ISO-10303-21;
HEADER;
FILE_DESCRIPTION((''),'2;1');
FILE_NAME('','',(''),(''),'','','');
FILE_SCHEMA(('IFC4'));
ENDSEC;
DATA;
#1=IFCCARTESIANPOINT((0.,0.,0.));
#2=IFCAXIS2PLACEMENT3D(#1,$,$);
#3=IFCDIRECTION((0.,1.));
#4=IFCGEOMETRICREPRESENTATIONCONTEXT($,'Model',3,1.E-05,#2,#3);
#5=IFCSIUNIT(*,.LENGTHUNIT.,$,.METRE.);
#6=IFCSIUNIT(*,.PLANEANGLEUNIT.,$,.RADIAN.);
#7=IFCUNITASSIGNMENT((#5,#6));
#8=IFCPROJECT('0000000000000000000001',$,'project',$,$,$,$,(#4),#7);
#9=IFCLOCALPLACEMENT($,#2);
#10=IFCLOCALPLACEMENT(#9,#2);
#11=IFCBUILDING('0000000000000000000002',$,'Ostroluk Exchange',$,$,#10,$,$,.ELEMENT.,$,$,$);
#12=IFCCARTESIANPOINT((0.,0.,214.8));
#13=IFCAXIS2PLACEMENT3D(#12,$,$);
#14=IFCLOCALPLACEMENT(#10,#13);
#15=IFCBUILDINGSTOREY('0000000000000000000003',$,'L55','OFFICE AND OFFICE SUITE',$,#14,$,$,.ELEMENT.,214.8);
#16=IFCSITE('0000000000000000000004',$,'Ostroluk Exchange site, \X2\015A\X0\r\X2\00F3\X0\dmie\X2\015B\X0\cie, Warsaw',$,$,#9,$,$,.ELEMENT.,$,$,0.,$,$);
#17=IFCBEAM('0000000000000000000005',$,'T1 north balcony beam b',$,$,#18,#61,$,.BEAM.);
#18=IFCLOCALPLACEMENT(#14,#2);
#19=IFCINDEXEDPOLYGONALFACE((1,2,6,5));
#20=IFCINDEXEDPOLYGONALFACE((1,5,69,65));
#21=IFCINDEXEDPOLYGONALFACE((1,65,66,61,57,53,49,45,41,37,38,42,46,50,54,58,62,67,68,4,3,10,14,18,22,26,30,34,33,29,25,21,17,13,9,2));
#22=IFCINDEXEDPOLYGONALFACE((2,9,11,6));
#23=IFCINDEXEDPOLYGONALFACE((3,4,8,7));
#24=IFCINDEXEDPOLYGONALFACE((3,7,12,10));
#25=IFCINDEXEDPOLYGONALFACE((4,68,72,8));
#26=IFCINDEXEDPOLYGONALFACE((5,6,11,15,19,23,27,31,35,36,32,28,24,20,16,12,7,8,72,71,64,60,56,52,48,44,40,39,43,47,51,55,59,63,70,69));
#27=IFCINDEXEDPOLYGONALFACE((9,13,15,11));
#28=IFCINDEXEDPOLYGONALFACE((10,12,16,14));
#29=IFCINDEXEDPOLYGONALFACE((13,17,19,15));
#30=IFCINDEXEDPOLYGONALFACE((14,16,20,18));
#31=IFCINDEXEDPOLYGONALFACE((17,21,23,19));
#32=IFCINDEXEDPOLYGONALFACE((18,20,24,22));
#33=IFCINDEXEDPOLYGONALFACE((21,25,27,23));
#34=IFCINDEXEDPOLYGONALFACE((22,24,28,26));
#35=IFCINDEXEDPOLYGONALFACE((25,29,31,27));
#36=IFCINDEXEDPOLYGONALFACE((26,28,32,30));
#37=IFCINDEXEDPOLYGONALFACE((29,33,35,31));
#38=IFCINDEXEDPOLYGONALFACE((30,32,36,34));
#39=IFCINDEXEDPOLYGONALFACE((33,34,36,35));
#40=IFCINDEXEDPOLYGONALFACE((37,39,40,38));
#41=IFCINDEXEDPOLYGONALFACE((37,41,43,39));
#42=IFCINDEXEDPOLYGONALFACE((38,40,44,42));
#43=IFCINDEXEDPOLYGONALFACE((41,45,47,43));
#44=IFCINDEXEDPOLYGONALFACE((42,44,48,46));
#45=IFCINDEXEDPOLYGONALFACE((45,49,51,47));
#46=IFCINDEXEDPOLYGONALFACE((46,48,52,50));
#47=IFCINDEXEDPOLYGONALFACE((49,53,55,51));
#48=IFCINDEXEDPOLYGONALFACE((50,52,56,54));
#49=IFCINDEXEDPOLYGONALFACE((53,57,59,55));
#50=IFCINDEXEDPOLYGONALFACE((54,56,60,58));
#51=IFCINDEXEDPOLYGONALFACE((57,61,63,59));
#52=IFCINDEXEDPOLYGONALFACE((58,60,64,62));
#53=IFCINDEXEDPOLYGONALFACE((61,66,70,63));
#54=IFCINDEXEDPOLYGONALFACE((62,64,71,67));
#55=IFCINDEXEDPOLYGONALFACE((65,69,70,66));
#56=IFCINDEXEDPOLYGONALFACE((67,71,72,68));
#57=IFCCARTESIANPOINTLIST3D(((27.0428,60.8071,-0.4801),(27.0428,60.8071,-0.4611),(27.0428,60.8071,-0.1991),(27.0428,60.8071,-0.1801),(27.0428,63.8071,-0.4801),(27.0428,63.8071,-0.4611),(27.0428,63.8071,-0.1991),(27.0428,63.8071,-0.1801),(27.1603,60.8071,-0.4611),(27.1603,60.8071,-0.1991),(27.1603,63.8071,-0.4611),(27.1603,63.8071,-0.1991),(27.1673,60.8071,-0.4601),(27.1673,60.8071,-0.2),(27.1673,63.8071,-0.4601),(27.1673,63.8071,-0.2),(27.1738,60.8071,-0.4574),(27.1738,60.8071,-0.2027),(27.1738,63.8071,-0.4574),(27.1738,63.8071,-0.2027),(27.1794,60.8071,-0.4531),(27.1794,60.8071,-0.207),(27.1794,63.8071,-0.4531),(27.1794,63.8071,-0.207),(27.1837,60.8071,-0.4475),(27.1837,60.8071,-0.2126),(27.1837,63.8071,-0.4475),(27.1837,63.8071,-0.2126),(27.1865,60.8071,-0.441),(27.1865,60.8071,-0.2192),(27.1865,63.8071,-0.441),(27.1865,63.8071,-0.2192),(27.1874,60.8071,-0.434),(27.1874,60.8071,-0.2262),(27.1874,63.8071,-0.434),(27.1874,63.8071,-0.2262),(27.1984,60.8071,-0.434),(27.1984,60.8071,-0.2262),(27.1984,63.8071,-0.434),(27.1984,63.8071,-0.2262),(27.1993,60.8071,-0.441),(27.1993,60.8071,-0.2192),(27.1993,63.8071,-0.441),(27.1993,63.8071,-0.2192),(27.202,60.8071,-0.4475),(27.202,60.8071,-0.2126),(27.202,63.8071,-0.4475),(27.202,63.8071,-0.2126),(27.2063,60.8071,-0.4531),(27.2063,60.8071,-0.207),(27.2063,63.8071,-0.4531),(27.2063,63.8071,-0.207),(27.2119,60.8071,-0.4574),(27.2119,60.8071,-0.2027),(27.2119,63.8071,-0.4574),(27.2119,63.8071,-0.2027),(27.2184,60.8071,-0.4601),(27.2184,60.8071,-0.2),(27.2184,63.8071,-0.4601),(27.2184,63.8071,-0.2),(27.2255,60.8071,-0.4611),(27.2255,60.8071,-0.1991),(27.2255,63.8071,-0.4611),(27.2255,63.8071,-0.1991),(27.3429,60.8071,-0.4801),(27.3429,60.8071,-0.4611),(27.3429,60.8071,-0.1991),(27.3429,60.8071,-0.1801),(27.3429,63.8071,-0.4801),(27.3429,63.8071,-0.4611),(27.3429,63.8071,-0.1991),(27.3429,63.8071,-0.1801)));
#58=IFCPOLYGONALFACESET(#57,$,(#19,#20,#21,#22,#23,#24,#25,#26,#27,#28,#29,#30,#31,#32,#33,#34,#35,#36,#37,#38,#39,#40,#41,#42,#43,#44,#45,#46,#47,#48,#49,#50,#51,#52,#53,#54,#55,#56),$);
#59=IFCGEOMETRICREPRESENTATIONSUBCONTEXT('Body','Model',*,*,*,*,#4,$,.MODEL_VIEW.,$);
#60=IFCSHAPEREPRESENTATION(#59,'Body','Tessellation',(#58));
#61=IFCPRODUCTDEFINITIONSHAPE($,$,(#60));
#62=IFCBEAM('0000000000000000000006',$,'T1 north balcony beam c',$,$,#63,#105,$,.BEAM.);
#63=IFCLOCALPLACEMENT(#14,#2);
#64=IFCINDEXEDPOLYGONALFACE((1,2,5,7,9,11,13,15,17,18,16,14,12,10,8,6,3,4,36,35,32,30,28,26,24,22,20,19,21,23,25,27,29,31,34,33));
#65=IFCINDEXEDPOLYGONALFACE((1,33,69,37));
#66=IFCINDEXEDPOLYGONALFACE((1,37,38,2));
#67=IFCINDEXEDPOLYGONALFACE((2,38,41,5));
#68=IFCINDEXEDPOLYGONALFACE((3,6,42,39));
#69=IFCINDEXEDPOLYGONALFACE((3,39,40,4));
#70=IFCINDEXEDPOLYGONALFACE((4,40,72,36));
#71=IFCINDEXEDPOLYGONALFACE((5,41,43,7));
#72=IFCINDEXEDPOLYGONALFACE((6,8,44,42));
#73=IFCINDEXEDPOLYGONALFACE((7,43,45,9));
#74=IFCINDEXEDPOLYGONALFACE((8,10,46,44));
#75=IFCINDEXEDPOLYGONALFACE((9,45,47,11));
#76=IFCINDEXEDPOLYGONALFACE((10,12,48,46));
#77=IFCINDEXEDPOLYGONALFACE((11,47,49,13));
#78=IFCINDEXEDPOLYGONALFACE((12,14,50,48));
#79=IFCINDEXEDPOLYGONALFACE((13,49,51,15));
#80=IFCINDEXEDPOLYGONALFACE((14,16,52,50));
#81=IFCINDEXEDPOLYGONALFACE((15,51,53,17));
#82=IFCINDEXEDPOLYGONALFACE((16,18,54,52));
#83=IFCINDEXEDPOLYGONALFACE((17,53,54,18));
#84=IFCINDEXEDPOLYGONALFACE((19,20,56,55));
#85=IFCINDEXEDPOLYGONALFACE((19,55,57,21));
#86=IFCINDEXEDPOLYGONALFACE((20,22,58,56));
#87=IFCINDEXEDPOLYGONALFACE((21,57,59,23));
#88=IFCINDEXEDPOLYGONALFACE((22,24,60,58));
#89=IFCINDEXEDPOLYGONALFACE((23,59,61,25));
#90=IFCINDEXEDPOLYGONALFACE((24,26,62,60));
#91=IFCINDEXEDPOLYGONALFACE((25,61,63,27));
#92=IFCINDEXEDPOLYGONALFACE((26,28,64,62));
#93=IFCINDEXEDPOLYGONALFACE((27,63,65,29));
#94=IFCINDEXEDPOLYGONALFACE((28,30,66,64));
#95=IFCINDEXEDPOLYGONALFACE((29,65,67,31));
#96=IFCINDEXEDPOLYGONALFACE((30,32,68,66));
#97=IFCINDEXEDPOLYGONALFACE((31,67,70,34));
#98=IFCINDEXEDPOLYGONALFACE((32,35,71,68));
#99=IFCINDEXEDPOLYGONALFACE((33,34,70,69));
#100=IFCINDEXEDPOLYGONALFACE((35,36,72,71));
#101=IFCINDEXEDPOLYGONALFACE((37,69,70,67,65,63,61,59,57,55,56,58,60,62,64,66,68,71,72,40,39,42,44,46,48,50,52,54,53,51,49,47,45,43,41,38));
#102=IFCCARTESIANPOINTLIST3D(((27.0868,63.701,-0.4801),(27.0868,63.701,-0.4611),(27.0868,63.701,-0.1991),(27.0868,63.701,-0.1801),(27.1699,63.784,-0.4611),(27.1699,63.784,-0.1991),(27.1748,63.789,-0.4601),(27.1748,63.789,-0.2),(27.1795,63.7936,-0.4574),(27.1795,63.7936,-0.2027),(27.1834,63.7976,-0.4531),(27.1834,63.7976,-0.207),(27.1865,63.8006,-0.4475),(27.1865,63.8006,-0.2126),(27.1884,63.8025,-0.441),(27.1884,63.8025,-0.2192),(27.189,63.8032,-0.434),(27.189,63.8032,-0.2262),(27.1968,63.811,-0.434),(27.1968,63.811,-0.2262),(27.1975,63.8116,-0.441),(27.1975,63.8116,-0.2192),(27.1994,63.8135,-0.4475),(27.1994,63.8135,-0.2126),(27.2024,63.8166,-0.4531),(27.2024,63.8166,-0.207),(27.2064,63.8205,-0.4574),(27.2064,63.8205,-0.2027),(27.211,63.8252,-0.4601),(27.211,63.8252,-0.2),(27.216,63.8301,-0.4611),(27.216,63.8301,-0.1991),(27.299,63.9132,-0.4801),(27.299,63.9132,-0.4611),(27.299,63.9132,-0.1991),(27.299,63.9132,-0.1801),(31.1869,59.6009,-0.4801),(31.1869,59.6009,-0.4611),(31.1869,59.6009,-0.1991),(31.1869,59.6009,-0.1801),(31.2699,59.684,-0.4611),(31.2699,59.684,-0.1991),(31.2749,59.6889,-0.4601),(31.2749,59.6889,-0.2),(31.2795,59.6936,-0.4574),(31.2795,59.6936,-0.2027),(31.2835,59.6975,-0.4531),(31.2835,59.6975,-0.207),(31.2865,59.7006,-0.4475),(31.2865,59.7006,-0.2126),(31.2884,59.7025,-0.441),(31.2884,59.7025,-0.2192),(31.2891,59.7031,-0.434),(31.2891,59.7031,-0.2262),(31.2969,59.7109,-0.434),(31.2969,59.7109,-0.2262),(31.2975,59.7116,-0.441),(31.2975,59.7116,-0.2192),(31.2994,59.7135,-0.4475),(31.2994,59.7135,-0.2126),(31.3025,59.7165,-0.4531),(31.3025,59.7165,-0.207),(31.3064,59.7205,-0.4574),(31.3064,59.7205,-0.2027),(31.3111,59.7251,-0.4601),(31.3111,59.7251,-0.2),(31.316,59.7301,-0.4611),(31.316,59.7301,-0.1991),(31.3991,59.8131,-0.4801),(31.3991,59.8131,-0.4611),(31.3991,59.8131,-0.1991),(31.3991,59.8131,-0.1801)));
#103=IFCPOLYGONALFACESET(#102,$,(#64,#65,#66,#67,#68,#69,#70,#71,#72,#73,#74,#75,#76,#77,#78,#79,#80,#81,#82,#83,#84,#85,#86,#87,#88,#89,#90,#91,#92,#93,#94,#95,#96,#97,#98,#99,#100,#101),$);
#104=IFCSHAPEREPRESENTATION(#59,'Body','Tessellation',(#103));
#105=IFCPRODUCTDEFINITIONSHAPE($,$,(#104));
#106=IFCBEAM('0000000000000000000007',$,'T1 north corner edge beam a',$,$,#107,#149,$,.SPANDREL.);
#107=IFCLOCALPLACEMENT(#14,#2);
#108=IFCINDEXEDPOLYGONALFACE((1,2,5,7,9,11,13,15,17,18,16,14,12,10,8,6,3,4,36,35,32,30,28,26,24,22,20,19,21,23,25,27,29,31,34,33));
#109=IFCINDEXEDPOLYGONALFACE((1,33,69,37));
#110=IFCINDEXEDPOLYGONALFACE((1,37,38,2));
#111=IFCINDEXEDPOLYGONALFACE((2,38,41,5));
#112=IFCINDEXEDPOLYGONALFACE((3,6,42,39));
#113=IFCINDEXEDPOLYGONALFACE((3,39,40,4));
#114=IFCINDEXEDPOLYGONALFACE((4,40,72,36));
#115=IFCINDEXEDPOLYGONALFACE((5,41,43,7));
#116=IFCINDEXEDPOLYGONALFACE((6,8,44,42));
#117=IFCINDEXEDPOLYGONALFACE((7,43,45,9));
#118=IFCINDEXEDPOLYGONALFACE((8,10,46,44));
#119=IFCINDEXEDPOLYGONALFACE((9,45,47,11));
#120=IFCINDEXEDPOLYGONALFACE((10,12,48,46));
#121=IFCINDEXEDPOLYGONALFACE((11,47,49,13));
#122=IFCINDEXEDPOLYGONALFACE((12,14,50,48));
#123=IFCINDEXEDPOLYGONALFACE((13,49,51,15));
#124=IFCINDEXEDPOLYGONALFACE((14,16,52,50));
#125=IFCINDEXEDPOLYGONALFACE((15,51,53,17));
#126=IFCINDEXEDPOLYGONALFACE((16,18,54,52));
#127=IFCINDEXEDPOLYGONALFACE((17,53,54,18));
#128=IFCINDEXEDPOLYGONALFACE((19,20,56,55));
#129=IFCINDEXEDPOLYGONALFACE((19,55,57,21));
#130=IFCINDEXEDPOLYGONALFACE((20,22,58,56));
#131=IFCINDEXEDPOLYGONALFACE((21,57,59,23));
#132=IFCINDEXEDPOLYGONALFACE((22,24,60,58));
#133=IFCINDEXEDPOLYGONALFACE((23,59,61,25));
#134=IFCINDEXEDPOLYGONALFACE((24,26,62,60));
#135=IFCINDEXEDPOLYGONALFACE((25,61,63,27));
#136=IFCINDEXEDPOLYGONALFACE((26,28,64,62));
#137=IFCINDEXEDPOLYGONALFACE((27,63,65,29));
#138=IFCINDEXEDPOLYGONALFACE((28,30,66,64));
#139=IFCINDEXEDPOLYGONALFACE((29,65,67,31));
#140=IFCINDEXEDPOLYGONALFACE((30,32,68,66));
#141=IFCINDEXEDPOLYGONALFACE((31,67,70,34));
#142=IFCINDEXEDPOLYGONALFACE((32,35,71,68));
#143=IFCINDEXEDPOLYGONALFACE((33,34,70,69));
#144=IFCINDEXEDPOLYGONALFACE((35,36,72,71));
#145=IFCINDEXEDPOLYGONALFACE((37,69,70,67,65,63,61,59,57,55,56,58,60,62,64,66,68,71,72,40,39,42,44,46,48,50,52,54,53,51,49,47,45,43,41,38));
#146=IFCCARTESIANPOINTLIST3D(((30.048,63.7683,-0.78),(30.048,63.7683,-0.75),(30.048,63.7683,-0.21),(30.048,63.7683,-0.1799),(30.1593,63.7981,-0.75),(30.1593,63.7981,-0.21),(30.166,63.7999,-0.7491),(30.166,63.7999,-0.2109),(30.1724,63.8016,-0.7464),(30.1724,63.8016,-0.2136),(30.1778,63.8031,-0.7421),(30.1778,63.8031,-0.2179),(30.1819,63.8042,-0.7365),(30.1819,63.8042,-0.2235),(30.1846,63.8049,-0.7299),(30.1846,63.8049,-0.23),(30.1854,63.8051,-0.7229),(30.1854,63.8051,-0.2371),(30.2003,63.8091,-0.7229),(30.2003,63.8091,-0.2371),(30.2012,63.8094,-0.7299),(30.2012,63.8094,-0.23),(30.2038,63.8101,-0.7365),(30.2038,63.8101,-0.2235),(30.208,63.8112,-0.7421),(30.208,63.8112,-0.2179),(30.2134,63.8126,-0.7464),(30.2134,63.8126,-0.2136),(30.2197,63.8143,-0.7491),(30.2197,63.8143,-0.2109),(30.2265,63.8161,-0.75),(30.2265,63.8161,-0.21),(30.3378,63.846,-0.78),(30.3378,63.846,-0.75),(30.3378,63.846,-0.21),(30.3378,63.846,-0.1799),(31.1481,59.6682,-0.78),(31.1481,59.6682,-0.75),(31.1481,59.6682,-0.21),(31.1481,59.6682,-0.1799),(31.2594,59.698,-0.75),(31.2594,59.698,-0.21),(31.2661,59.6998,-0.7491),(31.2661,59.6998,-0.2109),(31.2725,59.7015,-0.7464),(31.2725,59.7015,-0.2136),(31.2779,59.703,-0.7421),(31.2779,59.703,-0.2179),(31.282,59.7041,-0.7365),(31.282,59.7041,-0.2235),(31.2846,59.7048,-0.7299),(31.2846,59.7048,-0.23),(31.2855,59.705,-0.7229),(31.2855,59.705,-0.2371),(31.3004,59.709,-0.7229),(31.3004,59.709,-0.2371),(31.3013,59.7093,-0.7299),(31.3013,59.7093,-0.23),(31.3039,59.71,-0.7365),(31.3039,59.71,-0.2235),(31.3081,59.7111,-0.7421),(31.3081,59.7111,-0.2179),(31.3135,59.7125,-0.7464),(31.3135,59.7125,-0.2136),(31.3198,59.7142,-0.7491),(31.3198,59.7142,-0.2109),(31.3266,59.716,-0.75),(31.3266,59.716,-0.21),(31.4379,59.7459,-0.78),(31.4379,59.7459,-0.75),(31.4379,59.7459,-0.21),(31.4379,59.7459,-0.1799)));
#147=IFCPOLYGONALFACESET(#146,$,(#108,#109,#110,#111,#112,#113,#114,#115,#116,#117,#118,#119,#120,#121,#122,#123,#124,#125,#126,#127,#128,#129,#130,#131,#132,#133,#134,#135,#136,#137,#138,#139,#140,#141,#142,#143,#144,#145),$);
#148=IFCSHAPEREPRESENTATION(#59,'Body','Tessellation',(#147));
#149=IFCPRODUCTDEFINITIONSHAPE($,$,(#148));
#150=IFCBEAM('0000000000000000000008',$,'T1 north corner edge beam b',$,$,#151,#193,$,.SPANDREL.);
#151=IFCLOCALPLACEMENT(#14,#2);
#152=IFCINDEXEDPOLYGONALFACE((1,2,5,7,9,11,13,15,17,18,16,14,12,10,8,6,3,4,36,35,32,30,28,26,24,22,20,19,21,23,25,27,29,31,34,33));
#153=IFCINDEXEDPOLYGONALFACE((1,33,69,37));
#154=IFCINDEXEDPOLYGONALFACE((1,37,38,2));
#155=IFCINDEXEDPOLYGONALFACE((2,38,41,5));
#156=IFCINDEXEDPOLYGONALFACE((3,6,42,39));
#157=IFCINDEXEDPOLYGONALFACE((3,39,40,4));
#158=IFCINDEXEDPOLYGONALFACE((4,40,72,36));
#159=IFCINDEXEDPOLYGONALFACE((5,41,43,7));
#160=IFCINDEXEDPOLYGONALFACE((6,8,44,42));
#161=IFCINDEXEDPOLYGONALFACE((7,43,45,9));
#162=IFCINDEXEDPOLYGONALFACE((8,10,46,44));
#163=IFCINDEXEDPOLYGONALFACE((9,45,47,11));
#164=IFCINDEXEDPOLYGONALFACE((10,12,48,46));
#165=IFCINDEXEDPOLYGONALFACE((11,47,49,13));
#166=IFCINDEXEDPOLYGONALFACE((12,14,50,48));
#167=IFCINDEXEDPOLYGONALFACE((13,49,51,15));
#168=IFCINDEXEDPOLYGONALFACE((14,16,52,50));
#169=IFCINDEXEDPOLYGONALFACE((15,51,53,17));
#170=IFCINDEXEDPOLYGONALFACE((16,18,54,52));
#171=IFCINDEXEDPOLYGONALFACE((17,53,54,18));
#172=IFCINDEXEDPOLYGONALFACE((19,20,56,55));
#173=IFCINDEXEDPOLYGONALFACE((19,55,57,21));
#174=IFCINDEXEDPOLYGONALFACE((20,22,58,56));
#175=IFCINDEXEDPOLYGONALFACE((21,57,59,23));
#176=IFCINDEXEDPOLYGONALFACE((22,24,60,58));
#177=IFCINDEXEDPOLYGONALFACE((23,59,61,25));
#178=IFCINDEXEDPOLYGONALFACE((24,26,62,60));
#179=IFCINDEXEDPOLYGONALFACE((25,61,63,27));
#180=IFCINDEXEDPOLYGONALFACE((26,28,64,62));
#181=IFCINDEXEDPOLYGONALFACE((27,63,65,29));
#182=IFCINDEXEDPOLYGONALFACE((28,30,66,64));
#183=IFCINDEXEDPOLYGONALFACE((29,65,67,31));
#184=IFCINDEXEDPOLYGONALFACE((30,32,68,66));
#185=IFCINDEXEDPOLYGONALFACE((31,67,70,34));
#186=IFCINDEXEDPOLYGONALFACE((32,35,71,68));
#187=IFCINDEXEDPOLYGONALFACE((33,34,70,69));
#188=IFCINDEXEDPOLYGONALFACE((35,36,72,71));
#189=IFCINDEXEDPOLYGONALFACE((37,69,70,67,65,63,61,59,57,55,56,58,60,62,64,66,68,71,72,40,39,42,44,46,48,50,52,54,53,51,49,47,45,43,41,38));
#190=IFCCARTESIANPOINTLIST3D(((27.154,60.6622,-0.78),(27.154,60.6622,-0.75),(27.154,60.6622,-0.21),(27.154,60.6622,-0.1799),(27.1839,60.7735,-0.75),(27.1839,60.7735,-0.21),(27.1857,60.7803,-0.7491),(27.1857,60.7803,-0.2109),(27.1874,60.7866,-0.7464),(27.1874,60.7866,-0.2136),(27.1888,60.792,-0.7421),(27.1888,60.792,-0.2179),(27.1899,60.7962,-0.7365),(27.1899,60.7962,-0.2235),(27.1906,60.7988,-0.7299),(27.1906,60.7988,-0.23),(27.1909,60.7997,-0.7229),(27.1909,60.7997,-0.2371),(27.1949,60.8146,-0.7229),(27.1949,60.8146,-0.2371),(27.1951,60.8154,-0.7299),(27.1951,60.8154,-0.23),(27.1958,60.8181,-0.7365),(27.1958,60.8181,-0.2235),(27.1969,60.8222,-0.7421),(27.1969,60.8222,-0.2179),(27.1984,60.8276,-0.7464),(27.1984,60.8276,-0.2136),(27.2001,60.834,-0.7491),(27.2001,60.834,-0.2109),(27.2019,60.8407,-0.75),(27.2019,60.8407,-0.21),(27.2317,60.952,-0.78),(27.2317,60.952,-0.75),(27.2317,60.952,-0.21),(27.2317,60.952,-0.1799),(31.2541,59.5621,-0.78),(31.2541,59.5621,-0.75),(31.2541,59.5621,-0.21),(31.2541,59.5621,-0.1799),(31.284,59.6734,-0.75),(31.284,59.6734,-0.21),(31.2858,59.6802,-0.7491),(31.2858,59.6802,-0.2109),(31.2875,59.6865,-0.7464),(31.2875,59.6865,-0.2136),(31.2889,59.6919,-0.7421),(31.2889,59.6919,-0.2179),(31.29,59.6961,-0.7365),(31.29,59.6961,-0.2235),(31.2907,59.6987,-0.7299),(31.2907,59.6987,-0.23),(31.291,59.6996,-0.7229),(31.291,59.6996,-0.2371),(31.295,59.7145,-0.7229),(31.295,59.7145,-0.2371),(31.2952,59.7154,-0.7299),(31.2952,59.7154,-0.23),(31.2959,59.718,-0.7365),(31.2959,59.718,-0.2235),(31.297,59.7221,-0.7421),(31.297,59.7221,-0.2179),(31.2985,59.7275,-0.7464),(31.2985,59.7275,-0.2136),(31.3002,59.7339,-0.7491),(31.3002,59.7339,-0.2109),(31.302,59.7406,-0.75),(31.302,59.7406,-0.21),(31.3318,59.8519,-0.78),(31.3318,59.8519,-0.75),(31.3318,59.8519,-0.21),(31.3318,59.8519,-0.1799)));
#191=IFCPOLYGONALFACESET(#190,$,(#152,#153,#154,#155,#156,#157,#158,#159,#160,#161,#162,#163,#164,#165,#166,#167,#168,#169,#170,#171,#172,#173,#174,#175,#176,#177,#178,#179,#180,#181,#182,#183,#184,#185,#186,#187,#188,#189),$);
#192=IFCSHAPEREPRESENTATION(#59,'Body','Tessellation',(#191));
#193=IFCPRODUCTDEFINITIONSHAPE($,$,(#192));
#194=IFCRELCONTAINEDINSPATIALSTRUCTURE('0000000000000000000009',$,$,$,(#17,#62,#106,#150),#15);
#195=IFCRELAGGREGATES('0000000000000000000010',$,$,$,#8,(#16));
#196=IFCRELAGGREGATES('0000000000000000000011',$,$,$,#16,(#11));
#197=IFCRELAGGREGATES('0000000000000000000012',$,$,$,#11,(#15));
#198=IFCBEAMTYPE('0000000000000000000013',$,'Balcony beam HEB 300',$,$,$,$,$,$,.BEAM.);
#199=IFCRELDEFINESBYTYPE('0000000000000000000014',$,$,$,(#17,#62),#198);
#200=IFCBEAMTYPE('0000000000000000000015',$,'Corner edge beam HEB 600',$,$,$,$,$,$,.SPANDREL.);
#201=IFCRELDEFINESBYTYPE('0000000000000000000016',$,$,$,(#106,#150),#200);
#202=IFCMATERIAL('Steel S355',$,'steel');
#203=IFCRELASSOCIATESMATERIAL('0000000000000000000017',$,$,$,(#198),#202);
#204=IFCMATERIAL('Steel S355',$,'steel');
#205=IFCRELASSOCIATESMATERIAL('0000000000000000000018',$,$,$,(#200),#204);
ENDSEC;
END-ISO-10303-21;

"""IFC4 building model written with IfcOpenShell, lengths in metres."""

from ifc_helpers import new_model, si_unit, direction, frame, origin, origin_2d, place, context, subcontext, project, spatial, i_section, extrude, material, material_profile, profile_set, type_object, element, save


model = new_model("IFC4")

# Units and contexts
model_context = context("Model", 3, precision=1e-05, world=origin(), true_north=direction((0.0, 1.0)))
body_context = subcontext(model_context, "Body", "Model", "MODEL_VIEW")
ifc_project = project(units=[si_unit("LENGTHUNIT", "METRE"), si_unit("PLANEANGLEUNIT", "RADIAN")], contexts=[model_context])

# Site, building, storey
site_placement = place(None, origin())
site = spatial("IfcSite", under=ifc_project, at=site_placement, Name="Ostroluk Exchange site, Śródmieście, Warsaw", CompositionType="ELEMENT", RefElevation=0.0)
building_placement = place(site_placement, origin())
building = spatial("IfcBuilding", under=site, at=building_placement, Name="Ostroluk Exchange", CompositionType="ELEMENT")
storey_placement = place(building_placement, frame((0.0, 0.0, 214.8)))
storey = spatial("IfcBuildingStorey", under=building, at=storey_placement, Name="L55", Description="OFFICE AND OFFICE SUITE", CompositionType="ELEMENT", Elevation=214.8)

# Beams
ifc_material_1 = material(Name="Steel S355", Category="steel")
ifc_material_profile_1 = material_profile(ifc_material_1, i_section(OverallWidth=0.3, OverallDepth=0.3, WebThickness=0.011, FlangeThickness=0.019, FilletRadius=0.0271, at=origin_2d()), Name="HEB 300")
ifc_profile_set_1 = profile_set([ifc_material_profile_1], Name="Steel S355")
beam_type_1 = type_object("IfcBeamType", Name="Balcony beam HEB 300", PredefinedType="BEAM", material=ifc_profile_set_1)
for number, where, z_axis, x_axis, name in (
    (1, (27.1929, 60.8071, -0.3301), (0.0, 1.0, 0.0), (-1.0, 0.0, 0.0), "T1 north balcony beam b"),
):
    element("IfcBeam", number, at=place(storey_placement, frame(where, z_axis=z_axis, x_axis=x_axis)), inside=storey, type_object=beam_type_1, Name=name, PredefinedType="BEAM", context=body_context, shape_type="SweptSolid", body=[
        extrude(i_section(OverallWidth=0.3, OverallDepth=0.3, WebThickness=0.011, FlangeThickness=0.019, FilletRadius=0.0271, at=origin_2d()), origin(), (0.0, 0.0, 1.0), 3.0),
    ])
beam_1_placement = place(storey_placement, frame((31.293, 59.707, -0.3301), z_axis=(-0.707107, 0.707107, 0.0), x_axis=(-0.707107, -0.707107, 0.0)))
element("IfcBeam", 2, at=beam_1_placement, inside=storey, type_object=beam_type_1, Name="T1 north balcony beam c", PredefinedType="BEAM", context=body_context, shape_type="SweptSolid", body=[
    extrude(i_section(OverallWidth=0.3, OverallDepth=0.3, WebThickness=0.011, FlangeThickness=0.019, FilletRadius=0.0271, at=origin_2d()), origin(), (0.0, 0.0, 1.0), 5.7983),
])
ifc_material_2 = material(Name="Steel S355", Category="steel")
ifc_material_profile_2 = material_profile(ifc_material_2, i_section(OverallWidth=0.3, OverallDepth=0.6001, WebThickness=0.0154, FlangeThickness=0.03, FilletRadius=0.0271, at=origin_2d()), Name="HEB 600")
ifc_profile_set_2 = profile_set([ifc_material_profile_2], Name="Steel S355")
beam_type_2 = type_object("IfcBeamType", Name="Corner edge beam HEB 600", PredefinedType="SPANDREL", material=ifc_profile_set_2)
for number, where, z_axis, x_axis, name in (
    (3, (31.293, 59.707, -0.48), (-0.259144, 0.965839, 0.0), (-0.965839, -0.259144, 0.0), "T1 north corner edge beam a"),
    (4, (31.293, 59.707, -0.48), (-0.965839, 0.259144, 0.0), (-0.259144, -0.965839, 0.0), "T1 north corner edge beam b"),
):
    element("IfcBeam", number, at=place(storey_placement, frame(where, z_axis=z_axis, x_axis=x_axis)), inside=storey, type_object=beam_type_2, Name=name, PredefinedType="SPANDREL", context=body_context, shape_type="SweptSolid", body=[
        extrude(i_section(OverallWidth=0.3, OverallDepth=0.6001, WebThickness=0.0154, FlangeThickness=0.03, FilletRadius=0.0271, at=origin_2d()), origin(), (0.0, 0.0, 1.0), 4.2451),
    ])

save(model, "model.ifc")
